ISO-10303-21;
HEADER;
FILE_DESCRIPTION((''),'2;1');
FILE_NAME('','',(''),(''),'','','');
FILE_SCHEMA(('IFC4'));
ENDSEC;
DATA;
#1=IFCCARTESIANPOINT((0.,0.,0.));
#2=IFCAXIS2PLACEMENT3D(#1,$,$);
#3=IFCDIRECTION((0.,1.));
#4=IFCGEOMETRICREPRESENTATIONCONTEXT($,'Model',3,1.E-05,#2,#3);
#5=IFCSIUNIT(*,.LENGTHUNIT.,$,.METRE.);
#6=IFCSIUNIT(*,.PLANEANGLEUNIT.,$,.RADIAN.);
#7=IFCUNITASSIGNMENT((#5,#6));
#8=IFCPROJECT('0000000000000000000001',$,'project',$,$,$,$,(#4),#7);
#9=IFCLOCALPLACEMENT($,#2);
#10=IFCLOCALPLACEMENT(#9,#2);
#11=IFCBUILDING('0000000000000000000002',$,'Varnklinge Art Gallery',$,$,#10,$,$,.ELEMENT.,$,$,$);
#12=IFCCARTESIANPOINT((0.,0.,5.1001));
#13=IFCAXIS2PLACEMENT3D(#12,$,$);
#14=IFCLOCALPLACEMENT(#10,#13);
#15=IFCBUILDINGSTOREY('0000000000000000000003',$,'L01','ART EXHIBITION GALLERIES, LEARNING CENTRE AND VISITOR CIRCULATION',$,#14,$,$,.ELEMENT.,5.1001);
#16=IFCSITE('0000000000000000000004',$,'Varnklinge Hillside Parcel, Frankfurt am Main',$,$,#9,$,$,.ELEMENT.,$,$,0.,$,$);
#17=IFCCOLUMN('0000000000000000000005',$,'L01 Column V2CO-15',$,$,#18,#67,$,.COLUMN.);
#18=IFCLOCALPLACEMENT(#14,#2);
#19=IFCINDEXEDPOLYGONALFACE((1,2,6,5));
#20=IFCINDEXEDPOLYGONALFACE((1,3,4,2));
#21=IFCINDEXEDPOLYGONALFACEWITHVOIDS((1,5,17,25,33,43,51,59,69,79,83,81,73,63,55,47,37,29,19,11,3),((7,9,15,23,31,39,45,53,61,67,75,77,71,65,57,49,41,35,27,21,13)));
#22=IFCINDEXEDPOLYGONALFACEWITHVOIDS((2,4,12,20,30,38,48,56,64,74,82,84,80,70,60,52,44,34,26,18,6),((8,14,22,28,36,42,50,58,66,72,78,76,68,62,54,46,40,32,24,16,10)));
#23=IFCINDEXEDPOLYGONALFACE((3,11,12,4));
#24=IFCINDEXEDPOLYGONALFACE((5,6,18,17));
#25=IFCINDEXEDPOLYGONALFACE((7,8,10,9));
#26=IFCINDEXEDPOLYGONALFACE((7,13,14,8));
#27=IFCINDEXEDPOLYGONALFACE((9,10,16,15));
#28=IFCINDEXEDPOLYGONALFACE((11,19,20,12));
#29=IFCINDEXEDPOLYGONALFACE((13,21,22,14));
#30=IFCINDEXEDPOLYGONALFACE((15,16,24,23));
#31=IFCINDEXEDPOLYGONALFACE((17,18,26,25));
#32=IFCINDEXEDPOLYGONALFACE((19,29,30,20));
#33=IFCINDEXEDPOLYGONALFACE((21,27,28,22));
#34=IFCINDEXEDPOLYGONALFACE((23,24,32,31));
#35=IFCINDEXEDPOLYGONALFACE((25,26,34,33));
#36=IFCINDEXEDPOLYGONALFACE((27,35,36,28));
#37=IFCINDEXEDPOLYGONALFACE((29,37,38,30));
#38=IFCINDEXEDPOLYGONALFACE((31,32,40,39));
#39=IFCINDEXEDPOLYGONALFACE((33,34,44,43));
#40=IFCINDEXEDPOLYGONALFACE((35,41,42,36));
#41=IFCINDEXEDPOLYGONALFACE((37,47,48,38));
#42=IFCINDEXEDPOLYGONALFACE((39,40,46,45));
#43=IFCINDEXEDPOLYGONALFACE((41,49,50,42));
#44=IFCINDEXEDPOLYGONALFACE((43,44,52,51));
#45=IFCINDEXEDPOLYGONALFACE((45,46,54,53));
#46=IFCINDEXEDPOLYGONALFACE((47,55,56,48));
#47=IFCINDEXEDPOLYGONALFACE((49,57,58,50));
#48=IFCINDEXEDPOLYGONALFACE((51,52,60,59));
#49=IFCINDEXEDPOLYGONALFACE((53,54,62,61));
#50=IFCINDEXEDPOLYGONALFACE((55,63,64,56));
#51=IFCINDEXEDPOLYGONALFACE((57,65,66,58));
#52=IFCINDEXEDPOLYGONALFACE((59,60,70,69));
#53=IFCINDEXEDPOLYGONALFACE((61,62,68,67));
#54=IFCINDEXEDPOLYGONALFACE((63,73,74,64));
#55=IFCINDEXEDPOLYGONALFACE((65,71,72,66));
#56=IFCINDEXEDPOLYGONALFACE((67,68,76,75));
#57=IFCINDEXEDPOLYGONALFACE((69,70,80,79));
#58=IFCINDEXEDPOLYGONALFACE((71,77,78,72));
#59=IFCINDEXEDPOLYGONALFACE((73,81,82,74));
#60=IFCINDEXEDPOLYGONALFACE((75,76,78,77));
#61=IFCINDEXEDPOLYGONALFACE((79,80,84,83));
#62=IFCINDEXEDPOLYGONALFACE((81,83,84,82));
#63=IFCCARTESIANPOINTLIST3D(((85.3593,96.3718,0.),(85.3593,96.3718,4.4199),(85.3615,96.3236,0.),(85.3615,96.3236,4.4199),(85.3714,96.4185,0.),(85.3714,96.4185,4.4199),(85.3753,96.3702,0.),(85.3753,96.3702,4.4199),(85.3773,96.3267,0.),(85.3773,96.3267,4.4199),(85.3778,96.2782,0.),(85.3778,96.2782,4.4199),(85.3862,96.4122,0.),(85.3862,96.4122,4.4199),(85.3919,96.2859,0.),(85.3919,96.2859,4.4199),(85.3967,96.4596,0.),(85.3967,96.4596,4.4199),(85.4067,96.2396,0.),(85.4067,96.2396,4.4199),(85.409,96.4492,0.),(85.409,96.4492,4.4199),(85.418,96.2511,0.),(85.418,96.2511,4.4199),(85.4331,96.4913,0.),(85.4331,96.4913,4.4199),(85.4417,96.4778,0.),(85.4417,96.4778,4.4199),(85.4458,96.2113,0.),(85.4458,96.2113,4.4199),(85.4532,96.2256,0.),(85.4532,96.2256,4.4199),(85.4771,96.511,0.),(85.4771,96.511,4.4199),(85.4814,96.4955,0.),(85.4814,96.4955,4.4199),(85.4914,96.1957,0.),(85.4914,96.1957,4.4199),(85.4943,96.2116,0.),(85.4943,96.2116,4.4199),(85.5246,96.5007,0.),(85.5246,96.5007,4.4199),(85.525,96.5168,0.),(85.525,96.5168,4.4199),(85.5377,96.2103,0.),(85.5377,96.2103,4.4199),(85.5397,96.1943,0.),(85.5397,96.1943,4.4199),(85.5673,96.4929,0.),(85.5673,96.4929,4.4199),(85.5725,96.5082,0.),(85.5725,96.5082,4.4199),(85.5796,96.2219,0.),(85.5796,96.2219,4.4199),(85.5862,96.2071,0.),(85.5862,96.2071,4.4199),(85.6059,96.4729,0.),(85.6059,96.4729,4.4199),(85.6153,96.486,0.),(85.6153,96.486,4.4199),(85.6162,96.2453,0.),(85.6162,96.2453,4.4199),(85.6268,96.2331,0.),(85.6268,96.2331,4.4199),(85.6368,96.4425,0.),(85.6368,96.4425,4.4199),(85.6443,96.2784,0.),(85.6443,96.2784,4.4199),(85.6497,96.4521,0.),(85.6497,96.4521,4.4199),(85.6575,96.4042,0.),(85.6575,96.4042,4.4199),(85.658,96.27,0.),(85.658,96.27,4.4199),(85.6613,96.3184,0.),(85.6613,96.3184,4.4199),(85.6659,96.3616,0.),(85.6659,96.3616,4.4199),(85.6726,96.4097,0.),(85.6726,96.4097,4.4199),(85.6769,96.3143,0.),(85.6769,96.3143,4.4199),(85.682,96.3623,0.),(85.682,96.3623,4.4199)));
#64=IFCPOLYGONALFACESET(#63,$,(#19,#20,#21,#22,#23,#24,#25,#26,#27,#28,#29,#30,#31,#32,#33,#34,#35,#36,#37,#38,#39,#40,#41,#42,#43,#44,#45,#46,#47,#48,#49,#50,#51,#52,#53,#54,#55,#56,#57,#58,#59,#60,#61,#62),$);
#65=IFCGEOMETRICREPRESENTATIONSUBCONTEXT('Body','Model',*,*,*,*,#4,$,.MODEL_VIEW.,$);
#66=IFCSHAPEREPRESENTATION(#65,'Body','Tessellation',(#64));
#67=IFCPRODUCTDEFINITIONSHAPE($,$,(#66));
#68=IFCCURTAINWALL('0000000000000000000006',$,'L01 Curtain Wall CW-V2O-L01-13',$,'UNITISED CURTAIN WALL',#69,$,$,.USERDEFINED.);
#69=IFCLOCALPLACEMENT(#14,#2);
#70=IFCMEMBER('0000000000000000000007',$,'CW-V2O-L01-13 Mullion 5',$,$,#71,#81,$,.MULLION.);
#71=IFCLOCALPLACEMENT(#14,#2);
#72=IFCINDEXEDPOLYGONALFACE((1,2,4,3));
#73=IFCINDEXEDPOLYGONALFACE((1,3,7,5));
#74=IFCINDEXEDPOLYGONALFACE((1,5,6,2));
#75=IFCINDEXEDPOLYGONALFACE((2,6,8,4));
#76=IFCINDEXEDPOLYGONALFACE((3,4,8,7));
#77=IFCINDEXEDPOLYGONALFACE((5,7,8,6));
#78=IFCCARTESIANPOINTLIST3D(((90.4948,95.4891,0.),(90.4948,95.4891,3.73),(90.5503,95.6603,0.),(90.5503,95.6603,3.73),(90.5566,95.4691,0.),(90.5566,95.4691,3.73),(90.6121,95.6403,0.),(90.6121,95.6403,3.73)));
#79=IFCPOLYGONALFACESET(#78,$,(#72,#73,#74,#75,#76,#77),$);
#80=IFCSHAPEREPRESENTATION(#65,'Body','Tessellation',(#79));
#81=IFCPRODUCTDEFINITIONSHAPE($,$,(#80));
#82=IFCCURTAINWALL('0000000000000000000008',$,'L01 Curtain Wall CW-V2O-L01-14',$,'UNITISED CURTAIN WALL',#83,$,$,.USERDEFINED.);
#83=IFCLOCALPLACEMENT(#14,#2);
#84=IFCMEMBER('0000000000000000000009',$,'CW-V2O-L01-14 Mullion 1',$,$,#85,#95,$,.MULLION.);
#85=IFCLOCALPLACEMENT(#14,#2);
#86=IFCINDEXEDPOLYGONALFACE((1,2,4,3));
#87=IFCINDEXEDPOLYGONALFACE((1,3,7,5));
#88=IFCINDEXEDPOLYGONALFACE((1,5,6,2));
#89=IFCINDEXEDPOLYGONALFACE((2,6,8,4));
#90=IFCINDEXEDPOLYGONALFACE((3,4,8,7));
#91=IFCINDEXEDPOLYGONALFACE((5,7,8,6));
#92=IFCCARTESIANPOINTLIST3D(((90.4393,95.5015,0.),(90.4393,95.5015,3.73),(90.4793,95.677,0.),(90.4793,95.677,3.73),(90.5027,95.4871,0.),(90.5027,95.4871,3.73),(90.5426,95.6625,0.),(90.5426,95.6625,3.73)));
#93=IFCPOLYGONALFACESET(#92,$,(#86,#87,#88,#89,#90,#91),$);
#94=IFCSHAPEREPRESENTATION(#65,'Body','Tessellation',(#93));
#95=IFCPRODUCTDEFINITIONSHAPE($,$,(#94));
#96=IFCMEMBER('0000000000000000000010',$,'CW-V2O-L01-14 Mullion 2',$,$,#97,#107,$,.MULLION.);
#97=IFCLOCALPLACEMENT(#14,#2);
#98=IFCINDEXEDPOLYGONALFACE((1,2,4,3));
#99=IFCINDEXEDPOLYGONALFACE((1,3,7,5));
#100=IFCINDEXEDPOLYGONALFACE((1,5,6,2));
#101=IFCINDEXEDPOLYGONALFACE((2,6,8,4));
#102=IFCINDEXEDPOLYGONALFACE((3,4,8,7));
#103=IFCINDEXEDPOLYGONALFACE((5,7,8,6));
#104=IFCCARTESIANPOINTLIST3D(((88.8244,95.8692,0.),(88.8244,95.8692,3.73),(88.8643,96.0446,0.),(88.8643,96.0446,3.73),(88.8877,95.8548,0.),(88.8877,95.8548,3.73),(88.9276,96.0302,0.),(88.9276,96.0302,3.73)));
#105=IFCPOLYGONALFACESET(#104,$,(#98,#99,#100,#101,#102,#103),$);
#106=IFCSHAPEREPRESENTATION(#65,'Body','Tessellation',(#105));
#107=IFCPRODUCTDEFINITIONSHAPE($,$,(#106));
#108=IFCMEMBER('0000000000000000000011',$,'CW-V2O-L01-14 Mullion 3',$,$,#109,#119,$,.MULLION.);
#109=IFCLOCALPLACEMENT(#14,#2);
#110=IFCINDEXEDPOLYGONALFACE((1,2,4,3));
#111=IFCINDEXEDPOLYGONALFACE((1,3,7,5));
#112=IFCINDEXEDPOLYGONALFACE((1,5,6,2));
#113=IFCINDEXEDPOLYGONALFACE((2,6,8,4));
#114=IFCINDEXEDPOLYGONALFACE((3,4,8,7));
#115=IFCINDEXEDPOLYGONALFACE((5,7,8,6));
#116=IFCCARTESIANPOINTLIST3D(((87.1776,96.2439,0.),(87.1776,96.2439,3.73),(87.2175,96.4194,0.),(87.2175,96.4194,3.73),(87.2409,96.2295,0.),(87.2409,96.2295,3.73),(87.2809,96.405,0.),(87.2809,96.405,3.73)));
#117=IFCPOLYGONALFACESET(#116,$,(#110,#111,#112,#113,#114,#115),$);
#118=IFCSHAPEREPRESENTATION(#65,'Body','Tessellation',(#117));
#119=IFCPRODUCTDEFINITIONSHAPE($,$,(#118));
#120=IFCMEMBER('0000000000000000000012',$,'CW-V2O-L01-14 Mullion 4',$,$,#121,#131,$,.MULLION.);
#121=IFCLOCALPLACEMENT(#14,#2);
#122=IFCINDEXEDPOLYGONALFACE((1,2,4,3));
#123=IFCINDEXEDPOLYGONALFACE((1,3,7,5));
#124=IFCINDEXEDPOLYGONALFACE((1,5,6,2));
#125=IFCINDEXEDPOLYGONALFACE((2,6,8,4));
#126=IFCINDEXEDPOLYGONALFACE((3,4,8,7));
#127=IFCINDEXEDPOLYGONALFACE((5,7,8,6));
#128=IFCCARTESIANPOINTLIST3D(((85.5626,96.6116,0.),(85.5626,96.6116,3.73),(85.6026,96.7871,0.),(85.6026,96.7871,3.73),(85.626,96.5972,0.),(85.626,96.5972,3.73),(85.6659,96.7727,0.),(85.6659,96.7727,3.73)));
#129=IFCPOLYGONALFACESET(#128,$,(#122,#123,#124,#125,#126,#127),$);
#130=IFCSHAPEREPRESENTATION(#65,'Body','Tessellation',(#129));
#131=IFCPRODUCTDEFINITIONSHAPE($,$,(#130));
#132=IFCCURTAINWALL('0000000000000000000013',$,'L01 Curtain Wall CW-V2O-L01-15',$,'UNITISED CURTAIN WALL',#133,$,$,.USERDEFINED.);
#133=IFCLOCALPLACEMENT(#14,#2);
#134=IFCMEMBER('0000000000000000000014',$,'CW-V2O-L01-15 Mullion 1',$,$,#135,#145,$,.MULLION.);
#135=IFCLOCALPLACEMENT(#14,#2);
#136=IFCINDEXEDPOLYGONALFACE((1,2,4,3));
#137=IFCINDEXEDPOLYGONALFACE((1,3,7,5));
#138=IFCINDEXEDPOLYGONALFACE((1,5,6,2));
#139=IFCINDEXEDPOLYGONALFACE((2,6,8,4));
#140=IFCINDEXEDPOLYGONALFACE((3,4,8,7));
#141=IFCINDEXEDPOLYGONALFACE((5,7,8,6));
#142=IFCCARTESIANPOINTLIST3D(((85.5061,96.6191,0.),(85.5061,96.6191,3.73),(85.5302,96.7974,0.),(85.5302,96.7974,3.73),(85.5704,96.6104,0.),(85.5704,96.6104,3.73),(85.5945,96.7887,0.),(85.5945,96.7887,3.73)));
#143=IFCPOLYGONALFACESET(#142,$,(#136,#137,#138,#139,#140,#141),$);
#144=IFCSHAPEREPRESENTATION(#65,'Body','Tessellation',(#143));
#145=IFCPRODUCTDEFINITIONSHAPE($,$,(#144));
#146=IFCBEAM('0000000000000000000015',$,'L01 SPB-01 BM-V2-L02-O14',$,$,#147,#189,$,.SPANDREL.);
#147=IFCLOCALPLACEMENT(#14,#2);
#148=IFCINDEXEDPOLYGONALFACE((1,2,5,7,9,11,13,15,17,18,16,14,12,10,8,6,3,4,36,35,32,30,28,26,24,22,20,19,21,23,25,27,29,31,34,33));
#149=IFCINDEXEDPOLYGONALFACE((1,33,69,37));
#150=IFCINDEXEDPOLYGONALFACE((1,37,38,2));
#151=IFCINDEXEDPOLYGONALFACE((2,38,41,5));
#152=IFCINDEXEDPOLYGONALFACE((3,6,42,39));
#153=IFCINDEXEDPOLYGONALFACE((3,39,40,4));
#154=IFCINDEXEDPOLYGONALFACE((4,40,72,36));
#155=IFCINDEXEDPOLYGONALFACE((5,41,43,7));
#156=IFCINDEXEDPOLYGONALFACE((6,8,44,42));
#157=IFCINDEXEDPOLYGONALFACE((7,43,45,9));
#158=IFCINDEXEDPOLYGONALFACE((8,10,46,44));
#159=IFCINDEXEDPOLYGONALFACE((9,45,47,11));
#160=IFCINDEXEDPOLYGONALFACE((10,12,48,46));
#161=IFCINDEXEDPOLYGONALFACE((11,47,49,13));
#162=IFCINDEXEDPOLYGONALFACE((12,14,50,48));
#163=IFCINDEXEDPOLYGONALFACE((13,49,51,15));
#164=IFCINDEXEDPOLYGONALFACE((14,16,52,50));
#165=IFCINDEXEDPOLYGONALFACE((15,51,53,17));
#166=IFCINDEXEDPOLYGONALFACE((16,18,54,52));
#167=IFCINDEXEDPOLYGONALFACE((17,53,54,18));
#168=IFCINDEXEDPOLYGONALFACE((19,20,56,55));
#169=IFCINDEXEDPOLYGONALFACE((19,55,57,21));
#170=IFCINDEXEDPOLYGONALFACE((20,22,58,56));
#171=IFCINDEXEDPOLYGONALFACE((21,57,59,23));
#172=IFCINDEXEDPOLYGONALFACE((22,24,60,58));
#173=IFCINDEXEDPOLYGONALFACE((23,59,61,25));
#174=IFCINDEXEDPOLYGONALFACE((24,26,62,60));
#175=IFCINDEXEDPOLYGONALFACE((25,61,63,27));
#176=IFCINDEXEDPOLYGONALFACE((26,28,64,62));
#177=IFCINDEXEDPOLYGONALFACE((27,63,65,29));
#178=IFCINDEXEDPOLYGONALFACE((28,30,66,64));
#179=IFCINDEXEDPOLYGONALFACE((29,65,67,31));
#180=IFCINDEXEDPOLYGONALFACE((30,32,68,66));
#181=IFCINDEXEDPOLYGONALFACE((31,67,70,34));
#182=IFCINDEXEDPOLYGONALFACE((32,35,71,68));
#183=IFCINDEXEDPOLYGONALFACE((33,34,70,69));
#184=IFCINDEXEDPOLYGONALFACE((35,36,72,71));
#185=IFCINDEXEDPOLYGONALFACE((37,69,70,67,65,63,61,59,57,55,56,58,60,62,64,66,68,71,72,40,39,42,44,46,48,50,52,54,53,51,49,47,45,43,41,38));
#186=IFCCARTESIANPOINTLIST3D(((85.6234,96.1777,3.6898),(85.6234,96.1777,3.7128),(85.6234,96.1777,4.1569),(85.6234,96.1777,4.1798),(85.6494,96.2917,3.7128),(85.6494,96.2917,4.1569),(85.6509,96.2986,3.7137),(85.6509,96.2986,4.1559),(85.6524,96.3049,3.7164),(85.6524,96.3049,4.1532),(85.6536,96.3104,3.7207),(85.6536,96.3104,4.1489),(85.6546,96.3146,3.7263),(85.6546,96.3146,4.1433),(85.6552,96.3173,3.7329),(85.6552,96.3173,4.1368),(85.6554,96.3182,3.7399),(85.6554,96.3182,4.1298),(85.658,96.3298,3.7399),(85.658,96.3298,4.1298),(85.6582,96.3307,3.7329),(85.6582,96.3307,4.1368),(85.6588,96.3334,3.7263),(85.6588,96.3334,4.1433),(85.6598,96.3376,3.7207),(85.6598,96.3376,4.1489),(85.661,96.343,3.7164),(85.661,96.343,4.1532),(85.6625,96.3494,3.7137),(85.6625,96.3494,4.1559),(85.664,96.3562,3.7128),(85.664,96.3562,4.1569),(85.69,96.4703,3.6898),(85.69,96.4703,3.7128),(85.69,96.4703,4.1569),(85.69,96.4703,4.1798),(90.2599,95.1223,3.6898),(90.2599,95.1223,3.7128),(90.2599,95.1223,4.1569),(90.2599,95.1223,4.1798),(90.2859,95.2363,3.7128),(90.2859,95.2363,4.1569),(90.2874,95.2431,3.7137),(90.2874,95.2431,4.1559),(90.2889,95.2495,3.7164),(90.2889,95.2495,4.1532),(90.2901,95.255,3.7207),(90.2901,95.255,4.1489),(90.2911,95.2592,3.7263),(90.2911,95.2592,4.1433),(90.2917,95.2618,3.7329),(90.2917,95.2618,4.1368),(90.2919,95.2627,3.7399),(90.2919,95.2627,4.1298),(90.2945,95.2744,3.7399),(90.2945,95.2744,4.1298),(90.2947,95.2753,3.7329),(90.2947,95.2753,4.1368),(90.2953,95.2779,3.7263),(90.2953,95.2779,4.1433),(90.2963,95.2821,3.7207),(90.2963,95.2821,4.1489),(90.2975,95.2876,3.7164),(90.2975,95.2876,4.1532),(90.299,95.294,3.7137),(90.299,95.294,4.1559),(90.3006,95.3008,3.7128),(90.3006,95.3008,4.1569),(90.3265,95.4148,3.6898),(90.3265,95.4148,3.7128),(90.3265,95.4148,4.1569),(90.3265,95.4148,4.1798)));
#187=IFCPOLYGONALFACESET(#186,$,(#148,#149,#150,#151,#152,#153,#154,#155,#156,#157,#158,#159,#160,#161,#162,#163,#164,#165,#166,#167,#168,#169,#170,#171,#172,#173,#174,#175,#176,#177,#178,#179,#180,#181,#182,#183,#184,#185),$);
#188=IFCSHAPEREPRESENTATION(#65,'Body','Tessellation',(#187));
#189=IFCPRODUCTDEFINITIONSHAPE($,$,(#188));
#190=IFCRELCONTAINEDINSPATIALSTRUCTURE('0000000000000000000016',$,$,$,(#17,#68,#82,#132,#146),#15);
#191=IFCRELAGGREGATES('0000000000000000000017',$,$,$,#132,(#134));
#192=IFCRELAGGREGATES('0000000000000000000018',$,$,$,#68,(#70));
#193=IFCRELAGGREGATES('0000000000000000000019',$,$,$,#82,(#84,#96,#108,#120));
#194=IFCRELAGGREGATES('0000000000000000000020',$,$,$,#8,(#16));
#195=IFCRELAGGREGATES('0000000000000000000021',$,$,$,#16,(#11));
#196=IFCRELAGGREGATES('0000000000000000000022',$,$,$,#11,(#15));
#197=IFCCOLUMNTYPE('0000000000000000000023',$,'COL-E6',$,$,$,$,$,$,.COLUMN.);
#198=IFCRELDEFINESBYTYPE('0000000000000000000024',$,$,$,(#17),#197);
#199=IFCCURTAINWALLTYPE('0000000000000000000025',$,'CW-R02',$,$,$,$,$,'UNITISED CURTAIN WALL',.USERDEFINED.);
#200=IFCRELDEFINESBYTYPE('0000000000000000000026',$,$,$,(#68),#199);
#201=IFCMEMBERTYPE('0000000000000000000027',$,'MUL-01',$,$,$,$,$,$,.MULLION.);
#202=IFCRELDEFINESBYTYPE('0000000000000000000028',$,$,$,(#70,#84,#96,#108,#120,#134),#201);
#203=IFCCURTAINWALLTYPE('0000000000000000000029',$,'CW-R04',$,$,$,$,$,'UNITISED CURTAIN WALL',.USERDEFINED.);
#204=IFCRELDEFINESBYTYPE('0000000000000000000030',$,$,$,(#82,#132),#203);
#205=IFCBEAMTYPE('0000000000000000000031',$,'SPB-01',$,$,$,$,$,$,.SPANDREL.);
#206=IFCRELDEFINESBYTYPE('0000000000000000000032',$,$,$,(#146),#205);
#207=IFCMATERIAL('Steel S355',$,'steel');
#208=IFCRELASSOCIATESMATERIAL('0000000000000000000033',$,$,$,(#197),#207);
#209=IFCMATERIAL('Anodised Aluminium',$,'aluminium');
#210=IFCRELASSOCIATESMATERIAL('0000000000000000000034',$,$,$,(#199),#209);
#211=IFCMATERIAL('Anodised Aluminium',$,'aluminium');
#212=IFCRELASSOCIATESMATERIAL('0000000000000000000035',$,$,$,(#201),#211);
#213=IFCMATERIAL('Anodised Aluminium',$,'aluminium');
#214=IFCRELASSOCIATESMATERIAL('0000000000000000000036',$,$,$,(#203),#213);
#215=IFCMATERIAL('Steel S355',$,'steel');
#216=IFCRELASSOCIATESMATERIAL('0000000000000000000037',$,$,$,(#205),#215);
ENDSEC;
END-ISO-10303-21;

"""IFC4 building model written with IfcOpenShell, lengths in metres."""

from ifc_helpers import new_model, si_unit, direction, frame, origin, origin_2d, place, context, subcontext, project, spatial, rectangle, hollow_circle, i_section, extrude, material, material_profile, profile_set, type_object, element, aggregate, save


model = new_model("IFC4")

# Units and contexts
model_context = context("Model", 3, precision=1e-05, world=origin(), true_north=direction((0.0, 1.0)))
body_context = subcontext(model_context, "Body", "Model", "MODEL_VIEW")
ifc_project = project(units=[si_unit("LENGTHUNIT", "METRE"), si_unit("PLANEANGLEUNIT", "RADIAN")], contexts=[model_context])

# Site, building, storey
site_placement = place(None, origin())
site = spatial("IfcSite", under=ifc_project, at=site_placement, Name="Varnklinge Hillside Parcel, Frankfurt am Main", CompositionType="ELEMENT", RefElevation=0.0)
building_placement = place(site_placement, origin())
building = spatial("IfcBuilding", under=site, at=building_placement, Name="Varnklinge Art Gallery", CompositionType="ELEMENT")
storey_placement = place(building_placement, frame((0.0, 0.0, 5.1001)))
storey = spatial("IfcBuildingStorey", under=building, at=storey_placement, Name="L01", Description="ART EXHIBITION GALLERIES, LEARNING CENTRE AND VISITOR CIRCULATION", CompositionType="ELEMENT", Elevation=5.1001)

# Column
ifc_material_1 = material(Name="Steel S355", Category="steel")
ifc_material_profile_1 = material_profile(ifc_material_1, hollow_circle(Radius=0.1619, WallThickness=0.0161, at=origin_2d()), Name="CHS 323.9x16")
ifc_profile_set_1 = profile_set([ifc_material_profile_1], Name="Steel S355")
column_type = type_object("IfcColumnType", Name="COL-E6", PredefinedType="COLUMN", material=ifc_profile_set_1)
column_placement = place(storey_placement, frame((85.5203, 96.355, 0.0), z_axis=(0.0, 0.0, 1.0), x_axis=(-0.178115, -0.98401, 0.0)))
element("IfcColumn", 1, at=column_placement, inside=storey, type_object=column_type, Name="L01 Column V2CO-15", PredefinedType="COLUMN", context=body_context, shape_type="SweptSolid", body=[
    extrude(hollow_circle(Radius=0.1619, WallThickness=0.0161, at=origin_2d()), origin(), (0.0, 0.0, 1.0), 4.4199),
])

# Curtain wall, member
ifc_material_2 = material(Name="Anodised Aluminium", Category="aluminium")
curtain_wall_type_1 = type_object("IfcCurtainWallType", Name="CW-R02", ElementType="UNITISED CURTAIN WALL", PredefinedType="USERDEFINED", material=ifc_material_2)
curtain_wall_1_placement = place(storey_placement, origin())
curtain_wall_1 = element("IfcCurtainWall", 2, at=curtain_wall_1_placement, inside=storey, type_object=curtain_wall_type_1, Name="L01 Curtain Wall CW-V2O-L01-13", ObjectType="UNITISED CURTAIN WALL", PredefinedType="USERDEFINED")
ifc_material_3 = material(Name="Anodised Aluminium", Category="aluminium")
ifc_material_profile_2 = material_profile(ifc_material_3, rectangle(XDim=0.0649, YDim=0.1799, at=origin_2d()), Name="ALU 65x180")
ifc_profile_set_2 = profile_set([ifc_material_profile_2], Name="Anodised Aluminium")
member_type_1 = type_object("IfcMemberType", Name="MUL-01", PredefinedType="MULLION", material=ifc_profile_set_2)
member_1_placement = place(storey_placement, frame((90.5535, 95.5647, 0.0), z_axis=(0.0, 0.0, 1.0), x_axis=(-0.951272, 0.308353, 0.0)))
member_1 = element("IfcMember", 3, at=member_1_placement, type_object=member_type_1, Name="CW-V2O-L01-13 Mullion 5", PredefinedType="MULLION", context=body_context, shape_type="SweptSolid", body=[
    extrude(rectangle(XDim=0.0649, YDim=0.1799, at=origin_2d()), origin(), (0.0, 0.0, 1.0), 3.73),
])

# Curtain wall, members
ifc_material_4 = material(Name="Anodised Aluminium", Category="aluminium")
curtain_wall_type_2 = type_object("IfcCurtainWallType", Name="CW-R04", ElementType="UNITISED CURTAIN WALL", PredefinedType="USERDEFINED", material=ifc_material_4)
curtain_wall_2_placement = place(storey_placement, origin())
curtain_wall_2 = element("IfcCurtainWall", 4, at=curtain_wall_2_placement, inside=storey, type_object=curtain_wall_type_2, Name="L01 Curtain Wall CW-V2O-L01-14", ObjectType="UNITISED CURTAIN WALL", PredefinedType="USERDEFINED")
member_2_placement = place(storey_placement, frame((90.491, 95.582, 0.0), z_axis=(0.0, 0.0, 1.0), x_axis=(-0.975072, 0.221889, 0.0)))
member_2 = element("IfcMember", 5, at=member_2_placement, type_object=member_type_1, Name="CW-V2O-L01-14 Mullion 1", PredefinedType="MULLION", context=body_context, shape_type="SweptSolid", body=[
    extrude(rectangle(XDim=0.0649, YDim=0.1799, at=origin_2d()), origin(), (0.0, 0.0, 1.0), 3.73),
])
member_3_placement = place(storey_placement, frame((88.876, 95.9497, 0.0), z_axis=(0.0, 0.0, 1.0), x_axis=(-0.975072, 0.221889, 0.0)))
member_3 = element("IfcMember", 6, at=member_3_placement, type_object=member_type_1, Name="CW-V2O-L01-14 Mullion 2", PredefinedType="MULLION", context=body_context, shape_type="SweptSolid", body=[
    extrude(rectangle(XDim=0.0649, YDim=0.1799, at=origin_2d()), origin(), (0.0, 0.0, 1.0), 3.73),
])
member_4_placement = place(storey_placement, frame((87.2292, 96.3245, 0.0), z_axis=(0.0, 0.0, 1.0), x_axis=(-0.975072, 0.221889, 0.0)))
member_4 = element("IfcMember", 7, at=member_4_placement, type_object=member_type_1, Name="CW-V2O-L01-14 Mullion 3", PredefinedType="MULLION", context=body_context, shape_type="SweptSolid", body=[
    extrude(rectangle(XDim=0.0649, YDim=0.1799, at=origin_2d()), origin(), (0.0, 0.0, 1.0), 3.73),
])
member_5_placement = place(storey_placement, frame((85.6143, 96.6921, 0.0), z_axis=(0.0, 0.0, 1.0), x_axis=(-0.975072, 0.221889, 0.0)))
member_5 = element("IfcMember", 8, at=member_5_placement, type_object=member_type_1, Name="CW-V2O-L01-14 Mullion 4", PredefinedType="MULLION", context=body_context, shape_type="SweptSolid", body=[
    extrude(rectangle(XDim=0.0649, YDim=0.1799, at=origin_2d()), origin(), (0.0, 0.0, 1.0), 3.73),
])

# Curtain wall, member
curtain_wall_3_placement = place(storey_placement, origin())
curtain_wall_3 = element("IfcCurtainWall", 9, at=curtain_wall_3_placement, inside=storey, type_object=curtain_wall_type_2, Name="L01 Curtain Wall CW-V2O-L01-15", ObjectType="UNITISED CURTAIN WALL", PredefinedType="USERDEFINED")
member_6_placement = place(storey_placement, frame((85.5503, 96.7039, 0.0), z_axis=(0.0, 0.0, 1.0), x_axis=(-0.990983, 0.133986, 0.0)))
member_6 = element("IfcMember", 10, at=member_6_placement, type_object=member_type_1, Name="CW-V2O-L01-15 Mullion 1", PredefinedType="MULLION", context=body_context, shape_type="SweptSolid", body=[
    extrude(rectangle(XDim=0.0649, YDim=0.1799, at=origin_2d()), origin(), (0.0, 0.0, 1.0), 3.73),
])

# Beam
ifc_material_5 = material(Name="Steel S355", Category="steel")
ifc_material_profile_3 = material_profile(ifc_material_5, i_section(OverallWidth=0.3, OverallDepth=0.49, WebThickness=0.012, FlangeThickness=0.0229, FilletRadius=0.0271, at=origin_2d()), Name="HEA 500")
ifc_profile_set_3 = profile_set([ifc_material_profile_3], Name="Steel S355")
beam_type = type_object("IfcBeamType", Name="SPB-01", PredefinedType="SPANDREL", material=ifc_profile_set_3)
beam_placement = place(storey_placement, frame((90.2932, 95.2686, 3.9348), z_axis=(-0.975057, 0.221956, 0.0), x_axis=(-0.221956, -0.975057, 0.0)))
element("IfcBeam", 11, at=beam_placement, inside=storey, type_object=beam_type, Name="L01 SPB-01 BM-V2-L02-O14", PredefinedType="SPANDREL", context=body_context, shape_type="SweptSolid", body=[
    extrude(i_section(OverallWidth=0.3, OverallDepth=0.49, WebThickness=0.012, FlangeThickness=0.0229, FilletRadius=0.0271, at=origin_2d()), origin(), (0.0, 0.0, 1.0), 4.7551),
])

aggregate(curtain_wall_3, [member_6])

aggregate(curtain_wall_1, [member_1])
aggregate(curtain_wall_2, [member_2, member_3, member_4, member_5])

save(model, "model.ifc")
